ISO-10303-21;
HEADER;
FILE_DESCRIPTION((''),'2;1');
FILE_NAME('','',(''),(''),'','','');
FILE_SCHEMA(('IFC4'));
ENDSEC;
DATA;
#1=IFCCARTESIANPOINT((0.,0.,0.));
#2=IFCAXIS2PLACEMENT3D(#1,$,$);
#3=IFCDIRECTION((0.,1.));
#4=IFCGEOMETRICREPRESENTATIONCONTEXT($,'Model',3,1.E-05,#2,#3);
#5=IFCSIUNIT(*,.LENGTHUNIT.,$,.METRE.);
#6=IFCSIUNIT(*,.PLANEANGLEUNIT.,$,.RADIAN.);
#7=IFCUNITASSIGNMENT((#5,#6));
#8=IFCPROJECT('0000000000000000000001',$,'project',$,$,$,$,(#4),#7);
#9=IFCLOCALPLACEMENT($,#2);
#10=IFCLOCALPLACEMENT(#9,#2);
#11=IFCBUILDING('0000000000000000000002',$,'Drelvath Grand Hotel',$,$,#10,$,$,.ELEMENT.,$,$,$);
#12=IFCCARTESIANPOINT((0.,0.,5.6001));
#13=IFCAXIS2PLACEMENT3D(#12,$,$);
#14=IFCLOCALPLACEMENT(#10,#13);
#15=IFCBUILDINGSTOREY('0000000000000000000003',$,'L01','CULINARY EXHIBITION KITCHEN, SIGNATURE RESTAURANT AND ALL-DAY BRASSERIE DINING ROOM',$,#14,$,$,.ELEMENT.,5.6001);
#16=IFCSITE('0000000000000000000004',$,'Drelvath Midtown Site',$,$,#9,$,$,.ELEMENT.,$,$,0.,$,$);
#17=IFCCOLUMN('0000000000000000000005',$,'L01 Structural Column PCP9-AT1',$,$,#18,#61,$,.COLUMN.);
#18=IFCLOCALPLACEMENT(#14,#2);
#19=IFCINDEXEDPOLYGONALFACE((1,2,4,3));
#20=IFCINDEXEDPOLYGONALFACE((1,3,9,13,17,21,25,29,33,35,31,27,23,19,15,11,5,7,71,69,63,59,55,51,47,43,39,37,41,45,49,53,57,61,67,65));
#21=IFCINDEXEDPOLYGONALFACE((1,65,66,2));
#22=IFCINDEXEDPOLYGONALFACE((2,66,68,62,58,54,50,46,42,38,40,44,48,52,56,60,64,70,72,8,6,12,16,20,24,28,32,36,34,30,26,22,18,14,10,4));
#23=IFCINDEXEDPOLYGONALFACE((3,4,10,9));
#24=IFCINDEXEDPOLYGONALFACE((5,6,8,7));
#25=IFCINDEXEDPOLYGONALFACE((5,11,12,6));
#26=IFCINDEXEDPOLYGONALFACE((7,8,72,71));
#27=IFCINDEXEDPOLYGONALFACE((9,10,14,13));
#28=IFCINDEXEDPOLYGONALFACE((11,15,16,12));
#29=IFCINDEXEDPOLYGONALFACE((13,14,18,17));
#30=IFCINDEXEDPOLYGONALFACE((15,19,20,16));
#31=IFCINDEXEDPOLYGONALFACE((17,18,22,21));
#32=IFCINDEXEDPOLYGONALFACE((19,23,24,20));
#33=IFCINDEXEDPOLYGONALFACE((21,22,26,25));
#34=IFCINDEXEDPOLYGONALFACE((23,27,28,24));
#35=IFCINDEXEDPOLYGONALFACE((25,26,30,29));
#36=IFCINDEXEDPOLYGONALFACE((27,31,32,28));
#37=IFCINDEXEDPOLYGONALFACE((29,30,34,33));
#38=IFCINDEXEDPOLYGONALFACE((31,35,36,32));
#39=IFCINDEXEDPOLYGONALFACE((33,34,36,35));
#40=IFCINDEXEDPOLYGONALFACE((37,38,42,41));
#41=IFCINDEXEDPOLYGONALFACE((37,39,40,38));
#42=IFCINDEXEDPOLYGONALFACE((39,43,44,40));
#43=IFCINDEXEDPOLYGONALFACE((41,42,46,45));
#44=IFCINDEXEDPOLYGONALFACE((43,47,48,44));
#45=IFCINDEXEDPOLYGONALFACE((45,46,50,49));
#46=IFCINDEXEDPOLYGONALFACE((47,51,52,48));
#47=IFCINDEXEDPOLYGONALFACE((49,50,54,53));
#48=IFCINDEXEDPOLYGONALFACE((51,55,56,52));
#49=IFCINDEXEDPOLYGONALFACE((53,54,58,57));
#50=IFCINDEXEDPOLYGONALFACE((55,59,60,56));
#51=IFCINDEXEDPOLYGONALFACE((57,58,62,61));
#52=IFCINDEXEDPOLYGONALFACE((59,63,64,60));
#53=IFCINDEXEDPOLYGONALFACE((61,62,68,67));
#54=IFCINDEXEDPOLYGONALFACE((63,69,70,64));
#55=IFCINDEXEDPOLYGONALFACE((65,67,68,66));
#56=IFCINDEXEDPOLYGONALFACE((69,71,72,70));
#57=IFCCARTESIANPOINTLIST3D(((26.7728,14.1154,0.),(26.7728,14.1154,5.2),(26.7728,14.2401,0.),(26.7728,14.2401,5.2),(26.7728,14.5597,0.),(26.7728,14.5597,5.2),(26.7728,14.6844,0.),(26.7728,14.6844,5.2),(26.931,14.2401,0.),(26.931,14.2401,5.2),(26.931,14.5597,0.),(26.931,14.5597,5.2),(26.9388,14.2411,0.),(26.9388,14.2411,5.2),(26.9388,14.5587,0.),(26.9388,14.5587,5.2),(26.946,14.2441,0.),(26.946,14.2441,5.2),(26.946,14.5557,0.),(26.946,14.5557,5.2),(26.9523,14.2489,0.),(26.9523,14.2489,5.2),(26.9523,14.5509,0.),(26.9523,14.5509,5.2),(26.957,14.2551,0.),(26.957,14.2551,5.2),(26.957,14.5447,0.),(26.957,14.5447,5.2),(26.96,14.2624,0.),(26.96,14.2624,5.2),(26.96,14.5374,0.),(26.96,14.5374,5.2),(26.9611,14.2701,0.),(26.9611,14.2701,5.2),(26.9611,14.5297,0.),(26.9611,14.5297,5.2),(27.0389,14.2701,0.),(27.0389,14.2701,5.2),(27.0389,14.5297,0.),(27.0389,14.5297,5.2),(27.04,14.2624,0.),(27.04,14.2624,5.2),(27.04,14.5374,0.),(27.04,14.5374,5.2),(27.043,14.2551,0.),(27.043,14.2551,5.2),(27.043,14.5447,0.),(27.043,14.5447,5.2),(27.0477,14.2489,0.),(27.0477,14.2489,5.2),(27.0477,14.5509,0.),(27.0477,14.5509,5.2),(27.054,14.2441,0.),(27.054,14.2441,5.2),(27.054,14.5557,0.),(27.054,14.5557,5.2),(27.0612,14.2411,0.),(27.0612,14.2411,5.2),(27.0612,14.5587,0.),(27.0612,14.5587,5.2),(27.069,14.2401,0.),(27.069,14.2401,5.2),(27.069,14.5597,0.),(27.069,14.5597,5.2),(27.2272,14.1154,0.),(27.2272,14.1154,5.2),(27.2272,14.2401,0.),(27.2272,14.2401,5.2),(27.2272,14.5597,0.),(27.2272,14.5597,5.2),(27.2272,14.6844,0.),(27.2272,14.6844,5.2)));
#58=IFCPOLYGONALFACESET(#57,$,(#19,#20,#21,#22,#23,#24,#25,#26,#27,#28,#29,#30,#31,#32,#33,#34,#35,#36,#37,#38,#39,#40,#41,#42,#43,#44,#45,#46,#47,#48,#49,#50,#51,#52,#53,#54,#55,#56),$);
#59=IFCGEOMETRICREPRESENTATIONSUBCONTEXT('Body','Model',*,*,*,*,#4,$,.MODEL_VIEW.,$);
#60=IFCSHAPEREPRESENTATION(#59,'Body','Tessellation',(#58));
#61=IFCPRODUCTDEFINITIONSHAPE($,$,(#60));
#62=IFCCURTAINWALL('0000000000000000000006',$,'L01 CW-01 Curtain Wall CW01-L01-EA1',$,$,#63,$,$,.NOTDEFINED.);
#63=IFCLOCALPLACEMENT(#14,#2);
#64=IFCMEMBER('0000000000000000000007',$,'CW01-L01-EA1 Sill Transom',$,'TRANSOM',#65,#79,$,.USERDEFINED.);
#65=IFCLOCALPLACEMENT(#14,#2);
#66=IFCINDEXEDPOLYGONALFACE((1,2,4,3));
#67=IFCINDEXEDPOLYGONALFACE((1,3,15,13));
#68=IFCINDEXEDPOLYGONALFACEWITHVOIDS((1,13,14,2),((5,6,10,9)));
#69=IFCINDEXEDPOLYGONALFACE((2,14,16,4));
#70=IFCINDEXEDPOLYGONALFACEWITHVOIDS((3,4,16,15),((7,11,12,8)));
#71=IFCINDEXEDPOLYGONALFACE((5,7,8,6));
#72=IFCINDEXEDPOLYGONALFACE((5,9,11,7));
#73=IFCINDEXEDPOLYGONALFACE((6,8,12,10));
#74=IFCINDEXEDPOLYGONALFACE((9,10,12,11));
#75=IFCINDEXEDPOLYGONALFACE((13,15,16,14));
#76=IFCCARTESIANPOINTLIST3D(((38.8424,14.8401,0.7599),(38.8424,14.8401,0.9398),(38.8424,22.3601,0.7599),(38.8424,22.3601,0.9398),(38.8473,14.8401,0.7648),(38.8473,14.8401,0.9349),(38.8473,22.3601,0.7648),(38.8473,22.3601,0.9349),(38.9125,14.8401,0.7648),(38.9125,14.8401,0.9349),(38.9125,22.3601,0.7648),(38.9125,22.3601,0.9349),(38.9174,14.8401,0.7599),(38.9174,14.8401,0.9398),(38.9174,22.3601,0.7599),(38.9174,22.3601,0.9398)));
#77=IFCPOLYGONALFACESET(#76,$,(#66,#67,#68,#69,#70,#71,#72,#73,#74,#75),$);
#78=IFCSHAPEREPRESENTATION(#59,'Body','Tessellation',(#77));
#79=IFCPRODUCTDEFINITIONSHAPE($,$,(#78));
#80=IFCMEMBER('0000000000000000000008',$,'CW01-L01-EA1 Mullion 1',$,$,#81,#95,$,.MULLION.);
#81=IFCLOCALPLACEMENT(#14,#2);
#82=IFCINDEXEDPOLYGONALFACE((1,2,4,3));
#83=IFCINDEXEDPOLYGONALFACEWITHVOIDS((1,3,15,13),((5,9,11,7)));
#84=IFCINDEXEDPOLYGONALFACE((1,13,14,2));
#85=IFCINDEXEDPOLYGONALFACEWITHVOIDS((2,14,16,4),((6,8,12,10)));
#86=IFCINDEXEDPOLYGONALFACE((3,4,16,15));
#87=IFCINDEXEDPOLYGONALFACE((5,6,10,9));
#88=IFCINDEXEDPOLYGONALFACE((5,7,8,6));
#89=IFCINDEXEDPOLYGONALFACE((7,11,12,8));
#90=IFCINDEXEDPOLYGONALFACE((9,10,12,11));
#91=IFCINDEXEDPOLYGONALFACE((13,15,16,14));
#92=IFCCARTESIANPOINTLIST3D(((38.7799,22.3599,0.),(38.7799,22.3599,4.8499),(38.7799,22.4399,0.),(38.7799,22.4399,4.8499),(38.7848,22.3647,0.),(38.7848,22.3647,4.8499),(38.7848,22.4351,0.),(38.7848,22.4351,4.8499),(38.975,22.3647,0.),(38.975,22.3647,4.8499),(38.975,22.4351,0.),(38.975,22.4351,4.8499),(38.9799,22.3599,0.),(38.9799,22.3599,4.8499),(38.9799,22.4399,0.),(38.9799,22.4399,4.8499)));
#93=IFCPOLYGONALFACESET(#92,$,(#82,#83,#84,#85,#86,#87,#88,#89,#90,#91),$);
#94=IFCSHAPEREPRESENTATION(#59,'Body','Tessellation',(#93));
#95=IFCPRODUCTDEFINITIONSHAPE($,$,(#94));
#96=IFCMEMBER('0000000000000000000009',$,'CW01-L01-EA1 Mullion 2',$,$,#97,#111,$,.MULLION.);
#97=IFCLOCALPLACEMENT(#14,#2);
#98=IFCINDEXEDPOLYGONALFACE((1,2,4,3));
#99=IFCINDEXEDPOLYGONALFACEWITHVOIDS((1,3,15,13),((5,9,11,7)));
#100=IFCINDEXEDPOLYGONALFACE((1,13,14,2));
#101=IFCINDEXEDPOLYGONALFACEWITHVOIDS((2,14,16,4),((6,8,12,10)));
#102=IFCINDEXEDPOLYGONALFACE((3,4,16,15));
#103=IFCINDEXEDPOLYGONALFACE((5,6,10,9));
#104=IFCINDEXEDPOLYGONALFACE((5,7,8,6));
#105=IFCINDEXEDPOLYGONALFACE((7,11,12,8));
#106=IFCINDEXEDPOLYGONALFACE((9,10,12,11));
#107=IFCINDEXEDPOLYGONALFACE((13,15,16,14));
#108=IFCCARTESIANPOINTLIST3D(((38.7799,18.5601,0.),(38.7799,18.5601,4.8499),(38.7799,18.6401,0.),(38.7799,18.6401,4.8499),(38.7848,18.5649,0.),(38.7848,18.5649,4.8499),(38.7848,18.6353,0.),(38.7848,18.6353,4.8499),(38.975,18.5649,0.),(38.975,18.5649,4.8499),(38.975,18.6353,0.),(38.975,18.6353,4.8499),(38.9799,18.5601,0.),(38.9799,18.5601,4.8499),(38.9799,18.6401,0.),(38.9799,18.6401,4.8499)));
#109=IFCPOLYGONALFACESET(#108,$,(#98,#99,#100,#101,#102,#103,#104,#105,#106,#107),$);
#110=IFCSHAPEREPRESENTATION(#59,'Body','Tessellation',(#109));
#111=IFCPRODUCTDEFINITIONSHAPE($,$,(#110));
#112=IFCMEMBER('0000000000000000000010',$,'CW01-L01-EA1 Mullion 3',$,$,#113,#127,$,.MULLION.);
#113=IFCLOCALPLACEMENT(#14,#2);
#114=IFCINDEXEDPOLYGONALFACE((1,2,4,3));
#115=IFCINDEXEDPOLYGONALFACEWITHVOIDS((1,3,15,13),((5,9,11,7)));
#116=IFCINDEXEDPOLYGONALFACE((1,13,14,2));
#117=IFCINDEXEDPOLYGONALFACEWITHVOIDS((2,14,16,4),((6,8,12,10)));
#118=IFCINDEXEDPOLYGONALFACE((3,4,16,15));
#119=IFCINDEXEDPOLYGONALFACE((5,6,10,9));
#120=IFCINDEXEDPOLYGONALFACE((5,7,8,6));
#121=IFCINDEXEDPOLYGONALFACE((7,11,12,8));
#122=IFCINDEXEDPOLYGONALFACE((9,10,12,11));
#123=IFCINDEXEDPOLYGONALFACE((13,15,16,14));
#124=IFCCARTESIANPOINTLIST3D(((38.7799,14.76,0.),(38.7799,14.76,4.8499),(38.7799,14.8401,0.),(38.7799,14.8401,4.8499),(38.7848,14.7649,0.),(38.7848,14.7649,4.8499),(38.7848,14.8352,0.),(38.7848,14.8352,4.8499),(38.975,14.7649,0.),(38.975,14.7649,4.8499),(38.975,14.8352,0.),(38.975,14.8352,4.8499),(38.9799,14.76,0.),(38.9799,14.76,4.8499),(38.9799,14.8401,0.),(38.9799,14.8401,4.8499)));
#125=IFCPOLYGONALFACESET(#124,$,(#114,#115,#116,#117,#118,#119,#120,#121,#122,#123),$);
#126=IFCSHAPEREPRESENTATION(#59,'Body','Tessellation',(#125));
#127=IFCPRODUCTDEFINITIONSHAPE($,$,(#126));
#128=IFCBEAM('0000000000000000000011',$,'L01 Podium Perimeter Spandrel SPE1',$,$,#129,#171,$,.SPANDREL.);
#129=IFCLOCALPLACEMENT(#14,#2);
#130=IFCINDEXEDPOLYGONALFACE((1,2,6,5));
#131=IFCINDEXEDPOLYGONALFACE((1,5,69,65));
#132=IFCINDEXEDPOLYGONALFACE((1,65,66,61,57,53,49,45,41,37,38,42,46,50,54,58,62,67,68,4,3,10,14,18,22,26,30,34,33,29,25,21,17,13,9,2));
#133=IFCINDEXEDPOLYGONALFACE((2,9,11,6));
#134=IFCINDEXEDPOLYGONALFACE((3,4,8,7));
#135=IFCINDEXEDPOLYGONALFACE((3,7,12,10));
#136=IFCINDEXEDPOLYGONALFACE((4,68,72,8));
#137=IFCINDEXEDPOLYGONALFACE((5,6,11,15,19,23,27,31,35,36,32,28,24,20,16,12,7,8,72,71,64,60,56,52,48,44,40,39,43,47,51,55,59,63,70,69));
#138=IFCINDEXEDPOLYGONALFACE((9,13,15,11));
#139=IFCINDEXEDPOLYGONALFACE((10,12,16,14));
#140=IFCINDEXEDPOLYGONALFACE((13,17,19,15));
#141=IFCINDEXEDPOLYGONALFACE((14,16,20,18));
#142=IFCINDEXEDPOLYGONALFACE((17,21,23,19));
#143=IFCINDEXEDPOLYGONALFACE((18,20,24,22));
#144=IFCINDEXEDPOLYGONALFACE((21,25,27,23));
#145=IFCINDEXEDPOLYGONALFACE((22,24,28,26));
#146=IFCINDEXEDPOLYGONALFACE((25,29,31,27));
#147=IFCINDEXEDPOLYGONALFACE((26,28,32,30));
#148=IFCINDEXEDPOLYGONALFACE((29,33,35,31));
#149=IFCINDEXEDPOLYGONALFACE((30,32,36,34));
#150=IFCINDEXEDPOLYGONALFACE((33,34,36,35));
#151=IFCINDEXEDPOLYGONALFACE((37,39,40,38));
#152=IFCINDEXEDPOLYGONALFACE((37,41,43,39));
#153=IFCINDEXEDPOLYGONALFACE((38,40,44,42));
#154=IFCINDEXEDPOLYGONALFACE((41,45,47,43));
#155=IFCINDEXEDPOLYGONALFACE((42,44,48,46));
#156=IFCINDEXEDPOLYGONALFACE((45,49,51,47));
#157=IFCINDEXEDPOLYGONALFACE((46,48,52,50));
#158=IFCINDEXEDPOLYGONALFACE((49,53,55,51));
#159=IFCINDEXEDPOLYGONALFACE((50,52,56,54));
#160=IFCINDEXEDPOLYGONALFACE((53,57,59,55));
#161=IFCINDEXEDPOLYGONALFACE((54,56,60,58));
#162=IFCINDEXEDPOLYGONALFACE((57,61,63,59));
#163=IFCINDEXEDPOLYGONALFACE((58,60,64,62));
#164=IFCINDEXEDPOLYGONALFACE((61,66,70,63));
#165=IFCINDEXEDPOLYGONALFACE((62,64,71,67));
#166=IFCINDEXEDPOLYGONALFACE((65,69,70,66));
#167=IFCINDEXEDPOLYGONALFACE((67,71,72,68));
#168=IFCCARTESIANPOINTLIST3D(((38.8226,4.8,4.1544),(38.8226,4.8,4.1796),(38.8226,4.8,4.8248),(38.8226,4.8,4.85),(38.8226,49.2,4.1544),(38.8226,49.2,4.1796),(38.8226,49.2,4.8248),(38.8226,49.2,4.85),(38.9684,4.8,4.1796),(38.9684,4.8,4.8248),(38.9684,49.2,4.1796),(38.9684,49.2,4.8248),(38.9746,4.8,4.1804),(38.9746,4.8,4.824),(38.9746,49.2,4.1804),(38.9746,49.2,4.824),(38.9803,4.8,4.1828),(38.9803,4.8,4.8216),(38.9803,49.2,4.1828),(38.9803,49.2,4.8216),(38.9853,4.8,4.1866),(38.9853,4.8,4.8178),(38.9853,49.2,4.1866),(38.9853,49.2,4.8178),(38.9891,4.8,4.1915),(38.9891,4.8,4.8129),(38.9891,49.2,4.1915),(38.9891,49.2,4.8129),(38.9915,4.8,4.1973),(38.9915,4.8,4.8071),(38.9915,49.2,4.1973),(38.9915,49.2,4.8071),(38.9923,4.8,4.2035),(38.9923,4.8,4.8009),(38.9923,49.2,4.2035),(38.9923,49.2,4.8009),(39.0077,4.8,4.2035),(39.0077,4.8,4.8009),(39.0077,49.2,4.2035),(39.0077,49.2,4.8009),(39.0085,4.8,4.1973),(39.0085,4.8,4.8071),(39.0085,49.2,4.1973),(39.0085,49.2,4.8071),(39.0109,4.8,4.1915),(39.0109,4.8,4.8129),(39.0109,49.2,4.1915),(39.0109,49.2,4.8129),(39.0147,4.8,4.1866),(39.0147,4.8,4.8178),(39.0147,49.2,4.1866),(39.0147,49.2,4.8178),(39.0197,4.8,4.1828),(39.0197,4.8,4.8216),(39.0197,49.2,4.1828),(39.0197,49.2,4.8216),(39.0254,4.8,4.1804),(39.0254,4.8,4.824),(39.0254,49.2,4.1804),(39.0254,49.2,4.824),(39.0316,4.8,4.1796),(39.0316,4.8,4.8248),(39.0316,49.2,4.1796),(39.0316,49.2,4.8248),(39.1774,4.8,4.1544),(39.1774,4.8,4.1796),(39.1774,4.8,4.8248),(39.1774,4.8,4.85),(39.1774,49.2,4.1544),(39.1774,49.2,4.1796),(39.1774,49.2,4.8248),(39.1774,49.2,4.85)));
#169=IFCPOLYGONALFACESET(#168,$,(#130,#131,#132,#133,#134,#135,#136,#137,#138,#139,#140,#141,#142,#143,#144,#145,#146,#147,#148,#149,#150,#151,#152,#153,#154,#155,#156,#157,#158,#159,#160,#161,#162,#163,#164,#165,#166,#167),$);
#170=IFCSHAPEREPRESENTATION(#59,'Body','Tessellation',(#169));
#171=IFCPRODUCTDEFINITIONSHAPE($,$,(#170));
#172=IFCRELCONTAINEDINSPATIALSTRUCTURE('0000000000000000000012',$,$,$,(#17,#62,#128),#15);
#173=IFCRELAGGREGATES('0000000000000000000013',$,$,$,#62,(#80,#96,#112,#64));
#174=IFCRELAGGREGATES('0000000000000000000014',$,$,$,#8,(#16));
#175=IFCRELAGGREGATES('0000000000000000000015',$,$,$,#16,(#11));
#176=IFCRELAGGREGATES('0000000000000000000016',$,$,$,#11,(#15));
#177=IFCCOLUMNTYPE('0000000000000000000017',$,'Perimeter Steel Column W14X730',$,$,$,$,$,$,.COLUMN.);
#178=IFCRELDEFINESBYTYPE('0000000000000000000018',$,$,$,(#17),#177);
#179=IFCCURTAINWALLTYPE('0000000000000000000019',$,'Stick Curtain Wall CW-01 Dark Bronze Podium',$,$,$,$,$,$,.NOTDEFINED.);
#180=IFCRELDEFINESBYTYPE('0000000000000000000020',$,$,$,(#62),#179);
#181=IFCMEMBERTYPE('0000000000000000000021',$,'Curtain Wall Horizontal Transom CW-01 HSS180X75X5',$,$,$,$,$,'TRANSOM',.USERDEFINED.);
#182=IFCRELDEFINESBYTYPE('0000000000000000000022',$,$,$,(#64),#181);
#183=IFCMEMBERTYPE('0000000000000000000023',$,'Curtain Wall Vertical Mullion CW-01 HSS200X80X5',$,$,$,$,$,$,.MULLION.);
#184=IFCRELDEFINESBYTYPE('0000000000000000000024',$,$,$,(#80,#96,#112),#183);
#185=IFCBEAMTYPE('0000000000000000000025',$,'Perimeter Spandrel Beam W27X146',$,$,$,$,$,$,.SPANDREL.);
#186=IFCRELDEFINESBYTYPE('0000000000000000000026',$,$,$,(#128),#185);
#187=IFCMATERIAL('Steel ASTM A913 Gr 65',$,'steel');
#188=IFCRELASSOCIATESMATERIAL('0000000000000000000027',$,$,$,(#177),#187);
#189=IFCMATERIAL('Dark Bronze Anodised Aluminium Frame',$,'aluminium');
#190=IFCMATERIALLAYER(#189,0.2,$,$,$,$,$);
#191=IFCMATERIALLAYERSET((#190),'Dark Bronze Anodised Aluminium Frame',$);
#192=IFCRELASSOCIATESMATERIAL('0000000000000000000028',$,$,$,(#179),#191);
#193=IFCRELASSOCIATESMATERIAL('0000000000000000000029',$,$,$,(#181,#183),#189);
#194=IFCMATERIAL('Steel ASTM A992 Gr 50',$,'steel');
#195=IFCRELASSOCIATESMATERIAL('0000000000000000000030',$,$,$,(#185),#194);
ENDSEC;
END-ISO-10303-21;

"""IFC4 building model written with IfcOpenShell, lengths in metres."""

from ifc_helpers import new_model, si_unit, direction, frame, origin, origin_2d, place, context, subcontext, project, spatial, hollow_rectangle, i_section, extrude, material, layer, layer_set, material_profile, profile_set, type_object, element, aggregate, save


model = new_model("IFC4")

# Units and contexts
model_context = context("Model", 3, precision=1e-05, world=origin(), true_north=direction((0.0, 1.0)))
body_context = subcontext(model_context, "Body", "Model", "MODEL_VIEW")
ifc_project = project(units=[si_unit("LENGTHUNIT", "METRE"), si_unit("PLANEANGLEUNIT", "RADIAN")], contexts=[model_context])

# Site, building, storey
site_placement = place(None, origin())
site = spatial("IfcSite", under=ifc_project, at=site_placement, Name="Drelvath Midtown Site", CompositionType="ELEMENT", RefElevation=0.0)
building_placement = place(site_placement, origin())
building = spatial("IfcBuilding", under=site, at=building_placement, Name="Drelvath Grand Hotel", CompositionType="ELEMENT")
storey_placement = place(building_placement, frame((0.0, 0.0, 5.6001)))
storey = spatial("IfcBuildingStorey", under=building, at=storey_placement, Name="L01", Description="CULINARY EXHIBITION KITCHEN, SIGNATURE RESTAURANT AND ALL-DAY BRASSERIE DINING ROOM", CompositionType="ELEMENT", Elevation=5.6001)

# Column
ifc_material_1 = material(Name="Steel ASTM A913 Gr 65", Category="steel")
ifc_material_profile_1 = material_profile(ifc_material_1, i_section(OverallWidth=0.4543, OverallDepth=0.5691, WebThickness=0.0779, FlangeThickness=0.1248, FilletRadius=0.03, at=origin_2d()), Name="W14X730")
ifc_profile_set_1 = profile_set([ifc_material_profile_1], Name="Steel ASTM A913 Gr 65")
column_type_1 = type_object("IfcColumnType", Name="Perimeter Steel Column W14X730", PredefinedType="COLUMN", material=ifc_profile_set_1)
for number, where, z_axis, x_axis, name in (
    (1, (27.0, 14.3999, 0.0), (0.0, 0.0, 1.0), (1.0, 0.0, 0.0), "L01 Structural Column PCP9-AT1"),
):
    element("IfcColumn", number, at=place(storey_placement, frame(where, z_axis=z_axis, x_axis=x_axis)), inside=storey, type_object=column_type_1, Name=name, PredefinedType="COLUMN", context=body_context, shape_type="SweptSolid", body=[
        extrude(i_section(OverallWidth=0.4543, OverallDepth=0.5691, WebThickness=0.0779, FlangeThickness=0.1248, FilletRadius=0.03, at=origin_2d()), origin(), (0.0, 0.0, 1.0), 5.2),
    ])

# Curtain wall, members
ifc_material_2 = material(Name="Dark Bronze Anodised Aluminium Frame", Category="aluminium")
ifc_layer_1 = layer(ifc_material_2, 0.2)
ifc_layer_set_1 = layer_set([ifc_layer_1], Name="Dark Bronze Anodised Aluminium Frame")
curtain_wall_type = type_object("IfcCurtainWallType", Name="Stick Curtain Wall CW-01 Dark Bronze Podium", PredefinedType="NOTDEFINED", material=ifc_layer_set_1)
curtain_wall_placement = place(storey_placement, origin())
curtain_wall = element("IfcCurtainWall", 2, at=curtain_wall_placement, inside=storey, type_object=curtain_wall_type, Name="L01 CW-01 Curtain Wall CW01-L01-EA1", PredefinedType="NOTDEFINED")
ifc_material_profile_2 = material_profile(ifc_material_2, hollow_rectangle(XDim=0.075, YDim=0.1799, WallThickness=0.0049, at=origin_2d()), Name="HSS180X75X5")
ifc_profile_set_2 = profile_set([ifc_material_profile_2], Name="Dark Bronze Anodised Aluminium Frame")
member_type_1 = type_object("IfcMemberType", Name="Curtain Wall Horizontal Transom CW-01 HSS180X75X5", ElementType="TRANSOM", PredefinedType="USERDEFINED", material=ifc_profile_set_2)
member_1_placement = place(storey_placement, frame((38.8799, 22.3601, 0.8499), z_axis=(0.0, -1.0, 0.0), x_axis=(1.0, 0.0, 0.0)))
member_1 = element("IfcMember", 3, at=member_1_placement, type_object=member_type_1, Name="CW01-L01-EA1 Sill Transom", ObjectType="TRANSOM", PredefinedType="USERDEFINED", context=body_context, shape_type="SweptSolid", body=[
    extrude(hollow_rectangle(XDim=0.075, YDim=0.1799, WallThickness=0.0049, at=origin_2d()), origin(), (0.0, 0.0, 1.0), 7.52),
])
ifc_material_profile_3 = material_profile(ifc_material_2, hollow_rectangle(XDim=0.0801, YDim=0.2, WallThickness=0.0049, at=origin_2d()), Name="HSS200X80X5")
ifc_profile_set_3 = profile_set([ifc_material_profile_3], Name="Dark Bronze Anodised Aluminium Frame")
member_type_2 = type_object("IfcMemberType", Name="Curtain Wall Vertical Mullion CW-01 HSS200X80X5", PredefinedType="MULLION", material=ifc_profile_set_3)
member_2_placement = place(storey_placement, frame((38.8799, 22.3999, 0.0), z_axis=(0.0, 0.0, 1.0), x_axis=(0.0, 1.0, 0.0)))
member_2 = element("IfcMember", 4, at=member_2_placement, type_object=member_type_2, Name="CW01-L01-EA1 Mullion 1", PredefinedType="MULLION", context=body_context, shape_type="SweptSolid", body=[
    extrude(hollow_rectangle(XDim=0.0801, YDim=0.2, WallThickness=0.0049, at=origin_2d()), origin(), (0.0, 0.0, 1.0), 4.8499),
])
member_3_placement = place(storey_placement, frame((38.8799, 18.6001, 0.0), z_axis=(0.0, 0.0, 1.0), x_axis=(0.0, 1.0, 0.0)))
member_3 = element("IfcMember", 5, at=member_3_placement, type_object=member_type_2, Name="CW01-L01-EA1 Mullion 2", PredefinedType="MULLION", context=body_context, shape_type="SweptSolid", body=[
    extrude(hollow_rectangle(XDim=0.0801, YDim=0.2, WallThickness=0.0049, at=origin_2d()), origin(), (0.0, 0.0, 1.0), 4.8499),
])
member_4_placement = place(storey_placement, frame((38.8799, 14.8, 0.0), z_axis=(0.0, 0.0, 1.0), x_axis=(0.0, 1.0, 0.0)))
member_4 = element("IfcMember", 6, at=member_4_placement, type_object=member_type_2, Name="CW01-L01-EA1 Mullion 3", PredefinedType="MULLION", context=body_context, shape_type="SweptSolid", body=[
    extrude(hollow_rectangle(XDim=0.0801, YDim=0.2, WallThickness=0.0049, at=origin_2d()), origin(), (0.0, 0.0, 1.0), 4.8499),
])

# Beam
ifc_material_3 = material(Name="Steel ASTM A992 Gr 50", Category="steel")
ifc_material_profile_4 = material_profile(ifc_material_3, i_section(OverallWidth=0.3547, OverallDepth=0.6956, WebThickness=0.0154, FlangeThickness=0.0251, FilletRadius=0.0239, at=origin_2d()), Name="W27X146")
ifc_profile_set_4 = profile_set([ifc_material_profile_4], Name="Steel ASTM A992 Gr 50")
beam_type_1 = type_object("IfcBeamType", Name="Perimeter Spandrel Beam W27X146", PredefinedType="SPANDREL", material=ifc_profile_set_4)
beam_1_placement = place(storey_placement, frame((39.0, 4.8, 4.5022), z_axis=(0.0, 1.0, 0.0), x_axis=(-1.0, 0.0, 0.0)))
element("IfcBeam", 7, at=beam_1_placement, inside=storey, type_object=beam_type_1, Name="L01 Podium Perimeter Spandrel SPE1", PredefinedType="SPANDREL", context=body_context, shape_type="SweptSolid", body=[
    extrude(i_section(OverallWidth=0.3547, OverallDepth=0.6956, WebThickness=0.0154, FlangeThickness=0.0251, FilletRadius=0.0239, at=origin_2d()), origin(), (0.0, 0.0, 1.0), 44.3999),
])

aggregate(curtain_wall, [member_2, member_3, member_4, member_1])

save(model, "model.ifc")
